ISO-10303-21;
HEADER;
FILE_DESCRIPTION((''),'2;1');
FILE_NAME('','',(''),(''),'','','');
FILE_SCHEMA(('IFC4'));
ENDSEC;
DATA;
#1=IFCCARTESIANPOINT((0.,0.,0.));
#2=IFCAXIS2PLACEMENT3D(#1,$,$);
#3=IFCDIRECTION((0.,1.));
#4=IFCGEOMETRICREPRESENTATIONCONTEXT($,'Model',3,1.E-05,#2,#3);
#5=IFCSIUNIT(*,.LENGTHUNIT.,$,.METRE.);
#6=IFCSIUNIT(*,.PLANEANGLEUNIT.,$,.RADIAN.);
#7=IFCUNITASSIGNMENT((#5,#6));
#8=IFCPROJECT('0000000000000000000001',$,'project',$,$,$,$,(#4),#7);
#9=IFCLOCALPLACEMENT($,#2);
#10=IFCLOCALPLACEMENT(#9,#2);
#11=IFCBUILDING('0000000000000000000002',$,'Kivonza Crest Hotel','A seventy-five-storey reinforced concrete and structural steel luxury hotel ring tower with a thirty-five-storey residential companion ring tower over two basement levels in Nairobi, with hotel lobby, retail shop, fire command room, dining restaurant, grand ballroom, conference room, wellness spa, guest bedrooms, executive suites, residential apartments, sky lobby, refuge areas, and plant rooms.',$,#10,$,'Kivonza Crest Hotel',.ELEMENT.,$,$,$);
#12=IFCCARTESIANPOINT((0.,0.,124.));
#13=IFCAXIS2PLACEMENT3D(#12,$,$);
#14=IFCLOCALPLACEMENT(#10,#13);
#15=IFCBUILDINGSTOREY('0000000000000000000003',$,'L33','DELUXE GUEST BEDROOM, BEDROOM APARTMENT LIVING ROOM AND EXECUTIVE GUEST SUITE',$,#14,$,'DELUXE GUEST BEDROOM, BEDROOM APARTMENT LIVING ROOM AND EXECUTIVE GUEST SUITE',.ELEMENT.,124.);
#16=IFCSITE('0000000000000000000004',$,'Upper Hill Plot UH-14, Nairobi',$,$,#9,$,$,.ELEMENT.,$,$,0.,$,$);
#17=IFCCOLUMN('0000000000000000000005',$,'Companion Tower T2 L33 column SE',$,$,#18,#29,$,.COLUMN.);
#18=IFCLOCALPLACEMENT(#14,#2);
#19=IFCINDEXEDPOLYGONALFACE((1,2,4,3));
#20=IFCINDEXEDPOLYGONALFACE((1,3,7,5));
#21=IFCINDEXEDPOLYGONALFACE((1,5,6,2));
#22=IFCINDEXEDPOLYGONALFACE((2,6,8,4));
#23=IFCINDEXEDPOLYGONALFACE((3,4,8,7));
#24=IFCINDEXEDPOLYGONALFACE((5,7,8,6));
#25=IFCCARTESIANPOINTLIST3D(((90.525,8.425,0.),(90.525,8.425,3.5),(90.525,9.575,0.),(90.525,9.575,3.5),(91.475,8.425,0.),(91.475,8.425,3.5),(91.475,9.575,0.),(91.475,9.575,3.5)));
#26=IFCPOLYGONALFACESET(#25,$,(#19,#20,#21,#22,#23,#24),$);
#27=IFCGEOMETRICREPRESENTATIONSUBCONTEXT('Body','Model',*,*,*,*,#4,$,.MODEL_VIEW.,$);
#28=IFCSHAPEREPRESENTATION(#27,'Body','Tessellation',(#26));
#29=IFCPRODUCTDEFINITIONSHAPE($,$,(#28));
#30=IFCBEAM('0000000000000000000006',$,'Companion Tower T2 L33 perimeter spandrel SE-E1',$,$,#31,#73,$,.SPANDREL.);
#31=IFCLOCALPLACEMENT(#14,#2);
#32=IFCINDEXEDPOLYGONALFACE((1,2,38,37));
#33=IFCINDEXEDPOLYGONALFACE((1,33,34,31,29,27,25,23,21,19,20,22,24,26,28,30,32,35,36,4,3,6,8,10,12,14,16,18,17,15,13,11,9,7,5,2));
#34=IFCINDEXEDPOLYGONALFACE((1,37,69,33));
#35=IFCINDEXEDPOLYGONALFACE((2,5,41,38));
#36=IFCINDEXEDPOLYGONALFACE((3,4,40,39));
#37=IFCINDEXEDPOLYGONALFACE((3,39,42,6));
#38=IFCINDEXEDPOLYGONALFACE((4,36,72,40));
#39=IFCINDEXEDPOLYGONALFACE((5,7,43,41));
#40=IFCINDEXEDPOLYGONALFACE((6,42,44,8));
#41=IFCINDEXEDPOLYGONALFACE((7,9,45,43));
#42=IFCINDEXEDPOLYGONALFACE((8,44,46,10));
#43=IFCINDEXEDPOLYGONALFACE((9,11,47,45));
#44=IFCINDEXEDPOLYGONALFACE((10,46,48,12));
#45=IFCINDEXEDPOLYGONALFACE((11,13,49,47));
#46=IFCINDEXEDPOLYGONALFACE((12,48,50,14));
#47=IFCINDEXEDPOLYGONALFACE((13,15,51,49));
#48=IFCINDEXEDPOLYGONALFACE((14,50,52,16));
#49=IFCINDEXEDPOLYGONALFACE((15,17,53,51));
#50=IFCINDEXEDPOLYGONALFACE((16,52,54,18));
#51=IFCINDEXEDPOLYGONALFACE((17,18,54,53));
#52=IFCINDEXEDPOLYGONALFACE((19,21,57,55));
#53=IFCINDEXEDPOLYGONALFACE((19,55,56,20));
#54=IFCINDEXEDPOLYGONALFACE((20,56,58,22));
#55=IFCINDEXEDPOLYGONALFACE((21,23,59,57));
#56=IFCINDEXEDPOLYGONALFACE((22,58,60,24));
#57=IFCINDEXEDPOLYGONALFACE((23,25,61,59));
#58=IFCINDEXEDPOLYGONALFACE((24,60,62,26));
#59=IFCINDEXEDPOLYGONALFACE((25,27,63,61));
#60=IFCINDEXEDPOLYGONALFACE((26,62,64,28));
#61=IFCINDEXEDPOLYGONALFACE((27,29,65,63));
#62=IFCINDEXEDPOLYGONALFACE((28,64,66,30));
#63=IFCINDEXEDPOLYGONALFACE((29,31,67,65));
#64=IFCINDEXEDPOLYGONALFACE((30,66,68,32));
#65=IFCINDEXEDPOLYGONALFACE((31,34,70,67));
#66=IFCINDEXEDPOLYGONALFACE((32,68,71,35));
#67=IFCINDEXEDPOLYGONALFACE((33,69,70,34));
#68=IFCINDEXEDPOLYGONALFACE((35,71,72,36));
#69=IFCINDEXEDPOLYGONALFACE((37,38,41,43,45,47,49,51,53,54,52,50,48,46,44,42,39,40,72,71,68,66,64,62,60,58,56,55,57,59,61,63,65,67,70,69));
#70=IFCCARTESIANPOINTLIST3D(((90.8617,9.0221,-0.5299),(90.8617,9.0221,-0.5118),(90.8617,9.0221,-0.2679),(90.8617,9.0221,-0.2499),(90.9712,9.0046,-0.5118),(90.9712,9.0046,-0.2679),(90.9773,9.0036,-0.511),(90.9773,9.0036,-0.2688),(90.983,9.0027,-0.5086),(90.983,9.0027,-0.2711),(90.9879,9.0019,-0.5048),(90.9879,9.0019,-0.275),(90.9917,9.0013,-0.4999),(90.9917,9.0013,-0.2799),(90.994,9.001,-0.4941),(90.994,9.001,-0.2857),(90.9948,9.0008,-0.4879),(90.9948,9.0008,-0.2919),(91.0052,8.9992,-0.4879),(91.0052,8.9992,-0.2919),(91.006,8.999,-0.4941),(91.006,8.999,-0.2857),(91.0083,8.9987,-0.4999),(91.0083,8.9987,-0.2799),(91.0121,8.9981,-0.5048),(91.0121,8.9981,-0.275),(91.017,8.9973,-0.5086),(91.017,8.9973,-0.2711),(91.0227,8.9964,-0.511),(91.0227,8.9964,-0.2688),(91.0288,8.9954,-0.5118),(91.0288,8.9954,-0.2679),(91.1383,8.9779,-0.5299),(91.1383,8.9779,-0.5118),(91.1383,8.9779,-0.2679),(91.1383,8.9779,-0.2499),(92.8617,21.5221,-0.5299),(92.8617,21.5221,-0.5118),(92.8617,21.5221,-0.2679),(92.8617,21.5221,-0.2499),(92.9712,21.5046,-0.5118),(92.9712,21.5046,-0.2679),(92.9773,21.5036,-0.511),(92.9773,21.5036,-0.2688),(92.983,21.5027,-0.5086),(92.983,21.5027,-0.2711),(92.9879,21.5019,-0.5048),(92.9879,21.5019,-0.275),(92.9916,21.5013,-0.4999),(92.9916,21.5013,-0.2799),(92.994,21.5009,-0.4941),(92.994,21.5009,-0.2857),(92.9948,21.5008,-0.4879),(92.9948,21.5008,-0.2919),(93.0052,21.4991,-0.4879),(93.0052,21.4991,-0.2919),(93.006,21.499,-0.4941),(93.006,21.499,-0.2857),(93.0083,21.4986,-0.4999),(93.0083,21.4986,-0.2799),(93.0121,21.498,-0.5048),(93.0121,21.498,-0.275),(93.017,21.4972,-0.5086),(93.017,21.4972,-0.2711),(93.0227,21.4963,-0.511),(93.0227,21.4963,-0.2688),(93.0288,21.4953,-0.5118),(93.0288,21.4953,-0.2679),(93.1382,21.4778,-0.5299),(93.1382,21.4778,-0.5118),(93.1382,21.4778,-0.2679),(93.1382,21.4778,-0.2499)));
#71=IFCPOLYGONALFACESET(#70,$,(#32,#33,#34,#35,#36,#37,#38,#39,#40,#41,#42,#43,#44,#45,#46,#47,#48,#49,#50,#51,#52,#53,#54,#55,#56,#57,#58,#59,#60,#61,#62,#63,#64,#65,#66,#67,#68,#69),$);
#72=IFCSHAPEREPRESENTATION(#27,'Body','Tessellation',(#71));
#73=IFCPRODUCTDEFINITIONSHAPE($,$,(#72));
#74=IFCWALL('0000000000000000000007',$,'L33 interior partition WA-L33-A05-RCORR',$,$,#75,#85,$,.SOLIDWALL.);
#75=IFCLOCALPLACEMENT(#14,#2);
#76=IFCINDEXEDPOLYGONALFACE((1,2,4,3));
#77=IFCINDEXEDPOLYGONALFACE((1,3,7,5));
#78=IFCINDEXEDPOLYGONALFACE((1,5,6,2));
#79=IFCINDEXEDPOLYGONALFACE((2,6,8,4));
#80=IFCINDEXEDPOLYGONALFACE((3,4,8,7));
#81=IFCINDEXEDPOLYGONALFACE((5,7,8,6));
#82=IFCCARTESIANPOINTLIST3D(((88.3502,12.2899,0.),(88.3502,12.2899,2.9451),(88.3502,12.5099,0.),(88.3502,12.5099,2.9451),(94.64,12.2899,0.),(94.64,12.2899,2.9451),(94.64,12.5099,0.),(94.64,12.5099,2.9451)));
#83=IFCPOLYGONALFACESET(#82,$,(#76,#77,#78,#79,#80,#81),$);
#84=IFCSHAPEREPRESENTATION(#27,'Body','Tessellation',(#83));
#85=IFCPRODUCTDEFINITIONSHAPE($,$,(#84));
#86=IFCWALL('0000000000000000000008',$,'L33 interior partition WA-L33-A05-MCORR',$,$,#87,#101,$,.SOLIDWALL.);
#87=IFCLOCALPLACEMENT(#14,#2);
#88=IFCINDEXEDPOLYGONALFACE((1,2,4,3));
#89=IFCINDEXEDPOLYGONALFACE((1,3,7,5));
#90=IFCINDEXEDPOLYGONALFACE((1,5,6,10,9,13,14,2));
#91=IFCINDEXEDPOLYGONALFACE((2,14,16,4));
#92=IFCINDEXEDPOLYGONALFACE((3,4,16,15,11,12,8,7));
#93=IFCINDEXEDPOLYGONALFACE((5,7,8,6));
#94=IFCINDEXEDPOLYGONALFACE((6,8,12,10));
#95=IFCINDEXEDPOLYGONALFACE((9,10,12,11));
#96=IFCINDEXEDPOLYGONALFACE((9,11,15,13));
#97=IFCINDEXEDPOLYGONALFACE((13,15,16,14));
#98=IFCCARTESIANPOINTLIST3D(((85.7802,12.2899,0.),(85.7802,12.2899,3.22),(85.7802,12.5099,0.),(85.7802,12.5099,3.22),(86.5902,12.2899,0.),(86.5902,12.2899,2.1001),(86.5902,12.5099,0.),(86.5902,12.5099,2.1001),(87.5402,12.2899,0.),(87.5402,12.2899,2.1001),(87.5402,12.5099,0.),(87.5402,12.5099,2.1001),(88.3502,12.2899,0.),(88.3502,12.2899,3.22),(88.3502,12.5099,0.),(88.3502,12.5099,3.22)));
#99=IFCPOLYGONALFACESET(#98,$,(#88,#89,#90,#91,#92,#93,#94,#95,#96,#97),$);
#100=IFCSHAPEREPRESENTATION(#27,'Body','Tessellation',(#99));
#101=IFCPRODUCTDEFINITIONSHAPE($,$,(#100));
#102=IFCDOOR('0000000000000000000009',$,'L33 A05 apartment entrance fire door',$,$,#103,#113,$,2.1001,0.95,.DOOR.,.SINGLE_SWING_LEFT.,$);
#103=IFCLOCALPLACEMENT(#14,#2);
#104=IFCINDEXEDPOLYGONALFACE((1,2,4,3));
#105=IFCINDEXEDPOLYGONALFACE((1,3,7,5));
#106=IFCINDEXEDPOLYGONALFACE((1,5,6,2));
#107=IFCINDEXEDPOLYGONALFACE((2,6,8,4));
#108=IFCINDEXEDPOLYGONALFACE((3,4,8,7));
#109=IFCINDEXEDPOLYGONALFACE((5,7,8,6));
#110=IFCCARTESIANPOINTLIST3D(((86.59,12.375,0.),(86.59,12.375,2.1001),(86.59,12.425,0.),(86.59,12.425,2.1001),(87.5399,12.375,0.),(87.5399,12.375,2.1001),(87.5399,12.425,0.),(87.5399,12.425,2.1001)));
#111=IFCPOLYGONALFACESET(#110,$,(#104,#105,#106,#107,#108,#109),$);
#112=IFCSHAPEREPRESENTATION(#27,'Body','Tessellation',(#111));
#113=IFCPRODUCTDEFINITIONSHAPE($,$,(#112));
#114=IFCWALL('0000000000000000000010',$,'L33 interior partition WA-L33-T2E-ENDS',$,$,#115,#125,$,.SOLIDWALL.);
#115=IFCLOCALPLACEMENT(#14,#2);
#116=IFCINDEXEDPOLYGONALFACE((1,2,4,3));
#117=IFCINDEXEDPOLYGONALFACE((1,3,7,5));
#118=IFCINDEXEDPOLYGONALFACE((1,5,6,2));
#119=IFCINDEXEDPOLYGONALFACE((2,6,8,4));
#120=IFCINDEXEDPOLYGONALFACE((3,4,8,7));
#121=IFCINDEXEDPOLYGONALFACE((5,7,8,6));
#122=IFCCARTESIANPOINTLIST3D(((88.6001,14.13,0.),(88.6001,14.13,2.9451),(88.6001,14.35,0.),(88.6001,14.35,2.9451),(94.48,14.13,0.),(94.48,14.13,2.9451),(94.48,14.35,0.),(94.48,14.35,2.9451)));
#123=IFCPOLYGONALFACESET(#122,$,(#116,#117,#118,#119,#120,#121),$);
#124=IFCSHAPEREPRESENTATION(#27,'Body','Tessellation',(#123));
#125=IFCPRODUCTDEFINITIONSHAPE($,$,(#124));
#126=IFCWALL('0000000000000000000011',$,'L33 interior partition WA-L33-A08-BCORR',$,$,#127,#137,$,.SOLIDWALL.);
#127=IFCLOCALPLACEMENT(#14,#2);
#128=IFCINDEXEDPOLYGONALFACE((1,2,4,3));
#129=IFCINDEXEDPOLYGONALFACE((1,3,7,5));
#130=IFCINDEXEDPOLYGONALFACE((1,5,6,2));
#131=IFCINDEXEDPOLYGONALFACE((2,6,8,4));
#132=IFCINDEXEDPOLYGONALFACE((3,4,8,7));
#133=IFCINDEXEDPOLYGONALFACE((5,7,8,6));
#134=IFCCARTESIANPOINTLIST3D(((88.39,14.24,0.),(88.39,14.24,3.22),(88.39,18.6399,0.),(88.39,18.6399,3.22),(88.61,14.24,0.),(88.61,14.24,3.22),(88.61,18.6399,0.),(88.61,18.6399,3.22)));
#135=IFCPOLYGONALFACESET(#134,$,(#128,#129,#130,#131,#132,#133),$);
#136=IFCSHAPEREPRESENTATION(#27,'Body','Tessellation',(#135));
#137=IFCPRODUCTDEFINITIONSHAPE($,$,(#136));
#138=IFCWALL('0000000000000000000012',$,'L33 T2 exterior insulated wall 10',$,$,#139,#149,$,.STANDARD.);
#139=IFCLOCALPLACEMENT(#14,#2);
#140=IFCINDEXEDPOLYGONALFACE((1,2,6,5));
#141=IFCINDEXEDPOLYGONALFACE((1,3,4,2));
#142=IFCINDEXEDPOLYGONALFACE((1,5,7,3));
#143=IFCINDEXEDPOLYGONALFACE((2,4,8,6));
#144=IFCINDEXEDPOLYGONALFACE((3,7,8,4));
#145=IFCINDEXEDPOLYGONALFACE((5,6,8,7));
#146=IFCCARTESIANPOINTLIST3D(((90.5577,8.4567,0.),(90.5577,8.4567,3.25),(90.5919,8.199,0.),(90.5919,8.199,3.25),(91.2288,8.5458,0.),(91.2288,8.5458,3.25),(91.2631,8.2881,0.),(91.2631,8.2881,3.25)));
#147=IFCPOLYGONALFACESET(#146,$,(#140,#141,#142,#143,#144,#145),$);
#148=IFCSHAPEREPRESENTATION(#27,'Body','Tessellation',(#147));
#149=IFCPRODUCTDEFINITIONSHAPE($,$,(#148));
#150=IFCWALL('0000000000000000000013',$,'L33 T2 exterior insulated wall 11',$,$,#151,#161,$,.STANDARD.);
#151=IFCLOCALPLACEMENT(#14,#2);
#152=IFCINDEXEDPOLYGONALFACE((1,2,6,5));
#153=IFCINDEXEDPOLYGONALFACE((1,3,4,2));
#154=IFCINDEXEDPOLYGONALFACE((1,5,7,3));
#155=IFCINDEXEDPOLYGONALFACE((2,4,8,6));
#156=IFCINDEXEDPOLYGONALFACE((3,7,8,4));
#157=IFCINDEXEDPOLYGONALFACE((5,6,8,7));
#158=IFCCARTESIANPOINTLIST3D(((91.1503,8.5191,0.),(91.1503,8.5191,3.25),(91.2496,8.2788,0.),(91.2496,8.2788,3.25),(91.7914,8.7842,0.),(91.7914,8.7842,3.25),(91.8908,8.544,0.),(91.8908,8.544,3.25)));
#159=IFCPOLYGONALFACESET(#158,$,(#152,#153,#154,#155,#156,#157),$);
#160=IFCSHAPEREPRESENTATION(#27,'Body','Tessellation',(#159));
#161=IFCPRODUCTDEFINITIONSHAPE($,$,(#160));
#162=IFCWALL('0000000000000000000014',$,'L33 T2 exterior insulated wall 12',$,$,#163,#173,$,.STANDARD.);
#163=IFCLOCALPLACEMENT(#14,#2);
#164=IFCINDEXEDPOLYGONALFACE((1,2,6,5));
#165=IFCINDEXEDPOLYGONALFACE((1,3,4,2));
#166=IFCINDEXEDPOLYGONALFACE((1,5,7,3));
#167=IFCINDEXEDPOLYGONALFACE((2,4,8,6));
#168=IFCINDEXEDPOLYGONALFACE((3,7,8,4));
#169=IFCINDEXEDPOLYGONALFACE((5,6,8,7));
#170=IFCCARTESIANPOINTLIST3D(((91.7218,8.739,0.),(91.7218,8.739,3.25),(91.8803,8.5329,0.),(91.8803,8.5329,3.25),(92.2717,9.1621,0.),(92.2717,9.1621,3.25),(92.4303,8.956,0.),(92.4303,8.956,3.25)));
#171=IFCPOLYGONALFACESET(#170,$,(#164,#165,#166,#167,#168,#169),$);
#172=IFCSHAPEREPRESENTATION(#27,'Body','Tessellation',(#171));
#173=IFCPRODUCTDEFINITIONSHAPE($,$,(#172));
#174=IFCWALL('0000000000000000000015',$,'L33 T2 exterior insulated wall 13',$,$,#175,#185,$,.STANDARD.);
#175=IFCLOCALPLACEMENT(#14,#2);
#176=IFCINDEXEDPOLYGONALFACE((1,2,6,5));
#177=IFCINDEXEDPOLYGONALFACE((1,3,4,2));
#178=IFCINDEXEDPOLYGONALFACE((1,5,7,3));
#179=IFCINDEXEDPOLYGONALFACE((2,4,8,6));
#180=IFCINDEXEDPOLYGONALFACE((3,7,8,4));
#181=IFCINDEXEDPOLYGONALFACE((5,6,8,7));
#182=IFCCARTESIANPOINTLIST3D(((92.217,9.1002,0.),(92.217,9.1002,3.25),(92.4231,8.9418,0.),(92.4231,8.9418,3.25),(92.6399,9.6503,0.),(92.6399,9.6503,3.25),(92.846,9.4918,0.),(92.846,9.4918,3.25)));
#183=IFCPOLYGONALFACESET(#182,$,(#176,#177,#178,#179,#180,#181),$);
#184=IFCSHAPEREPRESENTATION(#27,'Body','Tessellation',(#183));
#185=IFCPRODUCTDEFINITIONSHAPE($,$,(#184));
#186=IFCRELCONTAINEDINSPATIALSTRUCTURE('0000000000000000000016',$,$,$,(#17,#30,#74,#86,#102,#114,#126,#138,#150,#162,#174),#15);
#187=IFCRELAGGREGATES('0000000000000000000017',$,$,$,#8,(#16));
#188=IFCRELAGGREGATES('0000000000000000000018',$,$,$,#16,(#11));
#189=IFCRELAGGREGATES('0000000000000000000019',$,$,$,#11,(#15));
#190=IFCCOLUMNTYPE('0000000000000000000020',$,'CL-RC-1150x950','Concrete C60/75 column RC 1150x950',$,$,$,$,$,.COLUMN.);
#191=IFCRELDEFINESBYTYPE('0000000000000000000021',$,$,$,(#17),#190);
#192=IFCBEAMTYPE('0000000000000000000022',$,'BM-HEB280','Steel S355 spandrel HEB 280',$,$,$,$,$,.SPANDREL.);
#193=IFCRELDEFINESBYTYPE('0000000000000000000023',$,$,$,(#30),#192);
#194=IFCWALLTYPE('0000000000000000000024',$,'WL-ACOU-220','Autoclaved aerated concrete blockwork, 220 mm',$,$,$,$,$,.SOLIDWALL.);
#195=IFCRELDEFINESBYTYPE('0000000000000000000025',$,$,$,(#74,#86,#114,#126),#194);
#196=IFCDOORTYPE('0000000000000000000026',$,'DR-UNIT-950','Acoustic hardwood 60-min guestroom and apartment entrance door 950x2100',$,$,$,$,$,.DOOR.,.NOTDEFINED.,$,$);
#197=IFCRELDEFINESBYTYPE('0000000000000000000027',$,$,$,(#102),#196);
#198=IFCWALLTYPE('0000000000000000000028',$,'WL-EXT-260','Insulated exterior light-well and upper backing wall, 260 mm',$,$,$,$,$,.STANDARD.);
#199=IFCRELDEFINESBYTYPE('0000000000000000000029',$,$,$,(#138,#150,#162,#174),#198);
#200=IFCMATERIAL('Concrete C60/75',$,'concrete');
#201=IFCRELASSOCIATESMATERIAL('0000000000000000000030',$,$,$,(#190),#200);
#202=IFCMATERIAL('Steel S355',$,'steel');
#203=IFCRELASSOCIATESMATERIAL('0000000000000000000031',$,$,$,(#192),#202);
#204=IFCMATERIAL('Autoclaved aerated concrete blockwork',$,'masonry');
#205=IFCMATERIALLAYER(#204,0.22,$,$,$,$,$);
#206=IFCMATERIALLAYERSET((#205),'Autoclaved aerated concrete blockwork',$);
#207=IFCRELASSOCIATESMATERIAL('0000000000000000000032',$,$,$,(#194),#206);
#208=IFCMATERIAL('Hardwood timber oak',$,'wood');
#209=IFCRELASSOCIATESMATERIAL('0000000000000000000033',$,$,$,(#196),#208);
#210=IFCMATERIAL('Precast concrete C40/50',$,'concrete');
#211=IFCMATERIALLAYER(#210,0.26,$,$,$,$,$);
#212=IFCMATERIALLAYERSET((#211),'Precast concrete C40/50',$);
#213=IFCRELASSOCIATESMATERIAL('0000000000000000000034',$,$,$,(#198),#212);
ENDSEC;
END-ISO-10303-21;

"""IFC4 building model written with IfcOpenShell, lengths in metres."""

from ifc_helpers import new_model, si_unit, direction, frame, frame_2d, origin, origin_2d, place, context, subcontext, project, spatial, rectangle, i_section, extrude, material, layer, layer_set, material_profile, profile_set, type_object, element, fill, save


model = new_model("IFC4")

# Units and contexts
model_context = context("Model", 3, precision=1e-05, world=origin(), true_north=direction((0.0, 1.0)))
body_context = subcontext(model_context, "Body", "Model", "MODEL_VIEW")
ifc_project = project(units=[si_unit("LENGTHUNIT", "METRE"), si_unit("PLANEANGLEUNIT", "RADIAN")], contexts=[model_context])

# Site, building, storey
site_placement = place(None, origin())
site = spatial("IfcSite", under=ifc_project, at=site_placement, Name="Upper Hill Plot UH-14, Nairobi", CompositionType="ELEMENT", RefElevation=0.0)
building_placement = place(site_placement, origin())
building = spatial("IfcBuilding", under=site, at=building_placement, Name="Kivonza Crest Hotel", Description="A seventy-five-storey reinforced concrete and structural steel luxury hotel ring tower with a thirty-five-storey residential companion ring tower over two basement levels in Nairobi, with hotel lobby, retail shop, fire command room, dining restaurant, grand ballroom, conference room, wellness spa, guest bedrooms, executive suites, residential apartments, sky lobby, refuge areas, and plant rooms.", LongName="Kivonza Crest Hotel", CompositionType="ELEMENT")
storey_placement = place(building_placement, frame((0.0, 0.0, 124.0)))
storey = spatial("IfcBuildingStorey", under=building, at=storey_placement, Name="L33", Description="DELUXE GUEST BEDROOM, BEDROOM APARTMENT LIVING ROOM AND EXECUTIVE GUEST SUITE", LongName="DELUXE GUEST BEDROOM, BEDROOM APARTMENT LIVING ROOM AND EXECUTIVE GUEST SUITE", CompositionType="ELEMENT", Elevation=124.0)

# Column
ifc_material_1 = material(Name="Concrete C60/75", Category="concrete")
ifc_material_profile_1 = material_profile(ifc_material_1, rectangle(XDim=0.95, YDim=1.1499, at=origin_2d()), Name="RC 1150x950")
ifc_profile_set_1 = profile_set([ifc_material_profile_1], Name="Concrete C60/75")
column_type = type_object("IfcColumnType", Name="CL-RC-1150x950", Description="Concrete C60/75 column RC 1150x950", PredefinedType="COLUMN", material=ifc_profile_set_1)
column_placement = place(storey_placement, frame((91.0, 9.0, 0.0), z_axis=(0.0, 0.0, 1.0), x_axis=(1.0, 0.0, 0.0)))
element("IfcColumn", 1, at=column_placement, inside=storey, type_object=column_type, Name="Companion Tower T2 L33 column SE", PredefinedType="COLUMN", context=body_context, shape_type="SweptSolid", body=[
    extrude(rectangle(XDim=0.95, YDim=1.1499, at=origin_2d()), origin(), (0.0, 0.0, 1.0), 3.5),
])

# Beam
ifc_material_2 = material(Name="Steel S355", Category="steel")
ifc_material_profile_2 = material_profile(ifc_material_2, i_section(OverallWidth=0.28, OverallDepth=0.28, WebThickness=0.0105, FlangeThickness=0.0181, FilletRadius=0.0239, at=origin_2d()), Name="HEB 280")
ifc_profile_set_2 = profile_set([ifc_material_profile_2], Name="Steel S355")
beam_type = type_object("IfcBeamType", Name="BM-HEB280", Description="Steel S355 spandrel HEB 280", PredefinedType="SPANDREL", material=ifc_profile_set_2)
beam_placement = place(storey_placement, frame((91.0, 9.0, -0.3899), z_axis=(0.157991, 0.987441, 0.0), x_axis=(-0.987441, 0.157991, 0.0)))
element("IfcBeam", 2, at=beam_placement, inside=storey, type_object=beam_type, Name="Companion Tower T2 L33 perimeter spandrel SE-E1", PredefinedType="SPANDREL", context=body_context, shape_type="SweptSolid", body=[
    extrude(i_section(OverallWidth=0.28, OverallDepth=0.28, WebThickness=0.0105, FlangeThickness=0.0181, FilletRadius=0.0239, at=origin_2d()), origin(), (0.0, 0.0, 1.0), 12.6589),
])

# Wall
ifc_material_3 = material(Name="Autoclaved aerated concrete blockwork", Category="masonry")
ifc_layer_1 = layer(ifc_material_3, 0.22)
ifc_layer_set_1 = layer_set([ifc_layer_1], Name="Autoclaved aerated concrete blockwork")
wall_type_1 = type_object("IfcWallType", Name="WL-ACOU-220", Description="Autoclaved aerated concrete blockwork, 220 mm", PredefinedType="SOLIDWALL", material=ifc_layer_set_1)
wall_1_placement = place(storey_placement, frame((88.3501, 12.3999, 0.0), z_axis=(0.0, 0.0, 1.0), x_axis=(1.0, 0.0, 0.0)))
element("IfcWall", 3, at=wall_1_placement, inside=storey, type_object=wall_type_1, Name="L33 interior partition WA-L33-A05-RCORR", PredefinedType="SOLIDWALL", context=body_context, shape_type="SweptSolid", body=[
    extrude(rectangle(XDim=6.2898, YDim=0.22, at=frame_2d((3.145, 0.0))), origin(), (0.0, 0.0, 1.0), 2.9451),
])

# Wall, opening, door
wall_2_placement = place(storey_placement, frame((85.78, 12.3999, 0.0), z_axis=(0.0, 0.0, 1.0), x_axis=(1.0, 0.0, 0.0)))
wall_2 = element("IfcWall", 4, at=wall_2_placement, inside=storey, type_object=wall_type_1, Name="L33 interior partition WA-L33-A05-MCORR", PredefinedType="SOLIDWALL", context=body_context, shape_type="SweptSolid", body=[
    extrude(rectangle(XDim=2.5701, YDim=0.22, at=frame_2d((1.2852, 0.0))), origin(), (0.0, 0.0, 1.0), 3.22),
])
opening_1_placement = place(wall_2_placement, frame((0.8101, 0.0, 0.0)))
opening_1 = element("IfcOpeningElement", 5, at=opening_1_placement, cuts=wall_2, PredefinedType="OPENING", context=body_context, shape_type="SweptSolid", body=[
    extrude(rectangle(XDim=0.95, YDim=2.1001, at=frame_2d((0.4751, 1.05))), frame((0.0, 0.1201, 0.0), z_axis=(0.0, -1.0, 0.0), x_axis=(1.0, 0.0, 0.0)), (0.0, 0.0, 1.0), 0.24),
])
ifc_material_4 = material(Name="Hardwood timber oak", Category="wood")
door_type_1 = type_object("IfcDoorType", Name="DR-UNIT-950", Description="Acoustic hardwood 60-min guestroom and apartment entrance door 950x2100", OperationType="NOTDEFINED", PredefinedType="DOOR", material=ifc_material_4)
door_1_placement = place(opening_1_placement, frame((0.95, 0.0, 0.0), z_axis=(0.0, 0.0, 1.0), x_axis=(-1.0, 0.0, 0.0)))
door_1 = element("IfcDoor", 6, at=door_1_placement, inside=storey, type_object=door_type_1, Name="L33 A05 apartment entrance fire door", OperationType="SINGLE_SWING_LEFT", OverallHeight=2.1001, OverallWidth=0.95, PredefinedType="DOOR", context=body_context, shape_type="SweptSolid", body=[
    extrude(rectangle(XDim=0.95, YDim=2.1001, at=frame_2d((0.4751, 1.05))), frame((0.0, 0.0249, 0.0), z_axis=(0.0, -1.0, 0.0), x_axis=(1.0, 0.0, 0.0)), (0.0, 0.0, 1.0), 0.05),
])
fill(opening_1, door_1)

# Walls
wall_3_placement = place(storey_placement, frame((88.6001, 14.24, 0.0), z_axis=(0.0, 0.0, 1.0), x_axis=(1.0, 0.0, 0.0)))
element("IfcWall", 7, at=wall_3_placement, inside=storey, type_object=wall_type_1, Name="L33 interior partition WA-L33-T2E-ENDS", PredefinedType="SOLIDWALL", context=body_context, shape_type="SweptSolid", body=[
    extrude(rectangle(XDim=5.8799, YDim=0.22, at=frame_2d((2.9399, 0.0))), origin(), (0.0, 0.0, 1.0), 2.9451),
])
wall_4_placement = place(storey_placement, frame((88.5, 14.24, 0.0), z_axis=(0.0, 0.0, 1.0), x_axis=(0.0, 1.0, 0.0)))
element("IfcWall", 8, at=wall_4_placement, inside=storey, type_object=wall_type_1, Name="L33 interior partition WA-L33-A08-BCORR", PredefinedType="SOLIDWALL", context=body_context, shape_type="SweptSolid", body=[
    extrude(rectangle(XDim=4.3999, YDim=0.22, at=frame_2d((2.2, 0.0))), origin(), (0.0, 0.0, 1.0), 3.22),
])
ifc_material_5 = material(Name="Precast concrete C40/50", Category="concrete")
ifc_layer_2 = layer(ifc_material_5, 0.26)
ifc_layer_set_2 = layer_set([ifc_layer_2], Name="Precast concrete C40/50")
wall_type_2 = type_object("IfcWallType", Name="WL-EXT-260", Description="Insulated exterior light-well and upper backing wall, 260 mm", PredefinedType="STANDARD", material=ifc_layer_set_2)
wall_5_placement = place(storey_placement, frame((90.575, 8.3279, 0.0), z_axis=(0.0, 0.0, 1.0), x_axis=(0.9913, 0.13162, 0.0)))
element("IfcWall", 9, at=wall_5_placement, inside=storey, type_object=wall_type_2, Name="L33 T2 exterior insulated wall 10", PredefinedType="STANDARD", context=body_context, shape_type="SweptSolid", body=[
    extrude(rectangle(XDim=0.677, YDim=0.26, at=frame_2d((0.3384, 0.0))), origin(), (0.0, 0.0, 1.0), 3.25),
])
for number, where, z_axis, x_axis, name in (
    (10, (91.2, 8.3989, 0.0), (0.0, 0.0, 1.0), (0.924094, 0.382165, 0.0), "L33 T2 exterior insulated wall 11"),
    (11, (91.801, 8.636, 0.0), (0.0, 0.0, 1.0), (0.792637, 0.609694, 0.0), "L33 T2 exterior insulated wall 12"),
    (12, (92.3201, 9.021, 0.0), (0.0, 0.0, 1.0), (0.609473, 0.792807, 0.0), "L33 T2 exterior insulated wall 13"),
):
    element("IfcWall", number, at=place(storey_placement, frame(where, z_axis=z_axis, x_axis=x_axis)), inside=storey, type_object=wall_type_2, Name=name, PredefinedType="STANDARD", context=body_context, shape_type="SweptSolid", body=[
        extrude(rectangle(XDim=0.6938, YDim=0.26, at=frame_2d((0.3469, 0.0))), origin(), (0.0, 0.0, 1.0), 3.25),
    ])

save(model, "model.ifc")
